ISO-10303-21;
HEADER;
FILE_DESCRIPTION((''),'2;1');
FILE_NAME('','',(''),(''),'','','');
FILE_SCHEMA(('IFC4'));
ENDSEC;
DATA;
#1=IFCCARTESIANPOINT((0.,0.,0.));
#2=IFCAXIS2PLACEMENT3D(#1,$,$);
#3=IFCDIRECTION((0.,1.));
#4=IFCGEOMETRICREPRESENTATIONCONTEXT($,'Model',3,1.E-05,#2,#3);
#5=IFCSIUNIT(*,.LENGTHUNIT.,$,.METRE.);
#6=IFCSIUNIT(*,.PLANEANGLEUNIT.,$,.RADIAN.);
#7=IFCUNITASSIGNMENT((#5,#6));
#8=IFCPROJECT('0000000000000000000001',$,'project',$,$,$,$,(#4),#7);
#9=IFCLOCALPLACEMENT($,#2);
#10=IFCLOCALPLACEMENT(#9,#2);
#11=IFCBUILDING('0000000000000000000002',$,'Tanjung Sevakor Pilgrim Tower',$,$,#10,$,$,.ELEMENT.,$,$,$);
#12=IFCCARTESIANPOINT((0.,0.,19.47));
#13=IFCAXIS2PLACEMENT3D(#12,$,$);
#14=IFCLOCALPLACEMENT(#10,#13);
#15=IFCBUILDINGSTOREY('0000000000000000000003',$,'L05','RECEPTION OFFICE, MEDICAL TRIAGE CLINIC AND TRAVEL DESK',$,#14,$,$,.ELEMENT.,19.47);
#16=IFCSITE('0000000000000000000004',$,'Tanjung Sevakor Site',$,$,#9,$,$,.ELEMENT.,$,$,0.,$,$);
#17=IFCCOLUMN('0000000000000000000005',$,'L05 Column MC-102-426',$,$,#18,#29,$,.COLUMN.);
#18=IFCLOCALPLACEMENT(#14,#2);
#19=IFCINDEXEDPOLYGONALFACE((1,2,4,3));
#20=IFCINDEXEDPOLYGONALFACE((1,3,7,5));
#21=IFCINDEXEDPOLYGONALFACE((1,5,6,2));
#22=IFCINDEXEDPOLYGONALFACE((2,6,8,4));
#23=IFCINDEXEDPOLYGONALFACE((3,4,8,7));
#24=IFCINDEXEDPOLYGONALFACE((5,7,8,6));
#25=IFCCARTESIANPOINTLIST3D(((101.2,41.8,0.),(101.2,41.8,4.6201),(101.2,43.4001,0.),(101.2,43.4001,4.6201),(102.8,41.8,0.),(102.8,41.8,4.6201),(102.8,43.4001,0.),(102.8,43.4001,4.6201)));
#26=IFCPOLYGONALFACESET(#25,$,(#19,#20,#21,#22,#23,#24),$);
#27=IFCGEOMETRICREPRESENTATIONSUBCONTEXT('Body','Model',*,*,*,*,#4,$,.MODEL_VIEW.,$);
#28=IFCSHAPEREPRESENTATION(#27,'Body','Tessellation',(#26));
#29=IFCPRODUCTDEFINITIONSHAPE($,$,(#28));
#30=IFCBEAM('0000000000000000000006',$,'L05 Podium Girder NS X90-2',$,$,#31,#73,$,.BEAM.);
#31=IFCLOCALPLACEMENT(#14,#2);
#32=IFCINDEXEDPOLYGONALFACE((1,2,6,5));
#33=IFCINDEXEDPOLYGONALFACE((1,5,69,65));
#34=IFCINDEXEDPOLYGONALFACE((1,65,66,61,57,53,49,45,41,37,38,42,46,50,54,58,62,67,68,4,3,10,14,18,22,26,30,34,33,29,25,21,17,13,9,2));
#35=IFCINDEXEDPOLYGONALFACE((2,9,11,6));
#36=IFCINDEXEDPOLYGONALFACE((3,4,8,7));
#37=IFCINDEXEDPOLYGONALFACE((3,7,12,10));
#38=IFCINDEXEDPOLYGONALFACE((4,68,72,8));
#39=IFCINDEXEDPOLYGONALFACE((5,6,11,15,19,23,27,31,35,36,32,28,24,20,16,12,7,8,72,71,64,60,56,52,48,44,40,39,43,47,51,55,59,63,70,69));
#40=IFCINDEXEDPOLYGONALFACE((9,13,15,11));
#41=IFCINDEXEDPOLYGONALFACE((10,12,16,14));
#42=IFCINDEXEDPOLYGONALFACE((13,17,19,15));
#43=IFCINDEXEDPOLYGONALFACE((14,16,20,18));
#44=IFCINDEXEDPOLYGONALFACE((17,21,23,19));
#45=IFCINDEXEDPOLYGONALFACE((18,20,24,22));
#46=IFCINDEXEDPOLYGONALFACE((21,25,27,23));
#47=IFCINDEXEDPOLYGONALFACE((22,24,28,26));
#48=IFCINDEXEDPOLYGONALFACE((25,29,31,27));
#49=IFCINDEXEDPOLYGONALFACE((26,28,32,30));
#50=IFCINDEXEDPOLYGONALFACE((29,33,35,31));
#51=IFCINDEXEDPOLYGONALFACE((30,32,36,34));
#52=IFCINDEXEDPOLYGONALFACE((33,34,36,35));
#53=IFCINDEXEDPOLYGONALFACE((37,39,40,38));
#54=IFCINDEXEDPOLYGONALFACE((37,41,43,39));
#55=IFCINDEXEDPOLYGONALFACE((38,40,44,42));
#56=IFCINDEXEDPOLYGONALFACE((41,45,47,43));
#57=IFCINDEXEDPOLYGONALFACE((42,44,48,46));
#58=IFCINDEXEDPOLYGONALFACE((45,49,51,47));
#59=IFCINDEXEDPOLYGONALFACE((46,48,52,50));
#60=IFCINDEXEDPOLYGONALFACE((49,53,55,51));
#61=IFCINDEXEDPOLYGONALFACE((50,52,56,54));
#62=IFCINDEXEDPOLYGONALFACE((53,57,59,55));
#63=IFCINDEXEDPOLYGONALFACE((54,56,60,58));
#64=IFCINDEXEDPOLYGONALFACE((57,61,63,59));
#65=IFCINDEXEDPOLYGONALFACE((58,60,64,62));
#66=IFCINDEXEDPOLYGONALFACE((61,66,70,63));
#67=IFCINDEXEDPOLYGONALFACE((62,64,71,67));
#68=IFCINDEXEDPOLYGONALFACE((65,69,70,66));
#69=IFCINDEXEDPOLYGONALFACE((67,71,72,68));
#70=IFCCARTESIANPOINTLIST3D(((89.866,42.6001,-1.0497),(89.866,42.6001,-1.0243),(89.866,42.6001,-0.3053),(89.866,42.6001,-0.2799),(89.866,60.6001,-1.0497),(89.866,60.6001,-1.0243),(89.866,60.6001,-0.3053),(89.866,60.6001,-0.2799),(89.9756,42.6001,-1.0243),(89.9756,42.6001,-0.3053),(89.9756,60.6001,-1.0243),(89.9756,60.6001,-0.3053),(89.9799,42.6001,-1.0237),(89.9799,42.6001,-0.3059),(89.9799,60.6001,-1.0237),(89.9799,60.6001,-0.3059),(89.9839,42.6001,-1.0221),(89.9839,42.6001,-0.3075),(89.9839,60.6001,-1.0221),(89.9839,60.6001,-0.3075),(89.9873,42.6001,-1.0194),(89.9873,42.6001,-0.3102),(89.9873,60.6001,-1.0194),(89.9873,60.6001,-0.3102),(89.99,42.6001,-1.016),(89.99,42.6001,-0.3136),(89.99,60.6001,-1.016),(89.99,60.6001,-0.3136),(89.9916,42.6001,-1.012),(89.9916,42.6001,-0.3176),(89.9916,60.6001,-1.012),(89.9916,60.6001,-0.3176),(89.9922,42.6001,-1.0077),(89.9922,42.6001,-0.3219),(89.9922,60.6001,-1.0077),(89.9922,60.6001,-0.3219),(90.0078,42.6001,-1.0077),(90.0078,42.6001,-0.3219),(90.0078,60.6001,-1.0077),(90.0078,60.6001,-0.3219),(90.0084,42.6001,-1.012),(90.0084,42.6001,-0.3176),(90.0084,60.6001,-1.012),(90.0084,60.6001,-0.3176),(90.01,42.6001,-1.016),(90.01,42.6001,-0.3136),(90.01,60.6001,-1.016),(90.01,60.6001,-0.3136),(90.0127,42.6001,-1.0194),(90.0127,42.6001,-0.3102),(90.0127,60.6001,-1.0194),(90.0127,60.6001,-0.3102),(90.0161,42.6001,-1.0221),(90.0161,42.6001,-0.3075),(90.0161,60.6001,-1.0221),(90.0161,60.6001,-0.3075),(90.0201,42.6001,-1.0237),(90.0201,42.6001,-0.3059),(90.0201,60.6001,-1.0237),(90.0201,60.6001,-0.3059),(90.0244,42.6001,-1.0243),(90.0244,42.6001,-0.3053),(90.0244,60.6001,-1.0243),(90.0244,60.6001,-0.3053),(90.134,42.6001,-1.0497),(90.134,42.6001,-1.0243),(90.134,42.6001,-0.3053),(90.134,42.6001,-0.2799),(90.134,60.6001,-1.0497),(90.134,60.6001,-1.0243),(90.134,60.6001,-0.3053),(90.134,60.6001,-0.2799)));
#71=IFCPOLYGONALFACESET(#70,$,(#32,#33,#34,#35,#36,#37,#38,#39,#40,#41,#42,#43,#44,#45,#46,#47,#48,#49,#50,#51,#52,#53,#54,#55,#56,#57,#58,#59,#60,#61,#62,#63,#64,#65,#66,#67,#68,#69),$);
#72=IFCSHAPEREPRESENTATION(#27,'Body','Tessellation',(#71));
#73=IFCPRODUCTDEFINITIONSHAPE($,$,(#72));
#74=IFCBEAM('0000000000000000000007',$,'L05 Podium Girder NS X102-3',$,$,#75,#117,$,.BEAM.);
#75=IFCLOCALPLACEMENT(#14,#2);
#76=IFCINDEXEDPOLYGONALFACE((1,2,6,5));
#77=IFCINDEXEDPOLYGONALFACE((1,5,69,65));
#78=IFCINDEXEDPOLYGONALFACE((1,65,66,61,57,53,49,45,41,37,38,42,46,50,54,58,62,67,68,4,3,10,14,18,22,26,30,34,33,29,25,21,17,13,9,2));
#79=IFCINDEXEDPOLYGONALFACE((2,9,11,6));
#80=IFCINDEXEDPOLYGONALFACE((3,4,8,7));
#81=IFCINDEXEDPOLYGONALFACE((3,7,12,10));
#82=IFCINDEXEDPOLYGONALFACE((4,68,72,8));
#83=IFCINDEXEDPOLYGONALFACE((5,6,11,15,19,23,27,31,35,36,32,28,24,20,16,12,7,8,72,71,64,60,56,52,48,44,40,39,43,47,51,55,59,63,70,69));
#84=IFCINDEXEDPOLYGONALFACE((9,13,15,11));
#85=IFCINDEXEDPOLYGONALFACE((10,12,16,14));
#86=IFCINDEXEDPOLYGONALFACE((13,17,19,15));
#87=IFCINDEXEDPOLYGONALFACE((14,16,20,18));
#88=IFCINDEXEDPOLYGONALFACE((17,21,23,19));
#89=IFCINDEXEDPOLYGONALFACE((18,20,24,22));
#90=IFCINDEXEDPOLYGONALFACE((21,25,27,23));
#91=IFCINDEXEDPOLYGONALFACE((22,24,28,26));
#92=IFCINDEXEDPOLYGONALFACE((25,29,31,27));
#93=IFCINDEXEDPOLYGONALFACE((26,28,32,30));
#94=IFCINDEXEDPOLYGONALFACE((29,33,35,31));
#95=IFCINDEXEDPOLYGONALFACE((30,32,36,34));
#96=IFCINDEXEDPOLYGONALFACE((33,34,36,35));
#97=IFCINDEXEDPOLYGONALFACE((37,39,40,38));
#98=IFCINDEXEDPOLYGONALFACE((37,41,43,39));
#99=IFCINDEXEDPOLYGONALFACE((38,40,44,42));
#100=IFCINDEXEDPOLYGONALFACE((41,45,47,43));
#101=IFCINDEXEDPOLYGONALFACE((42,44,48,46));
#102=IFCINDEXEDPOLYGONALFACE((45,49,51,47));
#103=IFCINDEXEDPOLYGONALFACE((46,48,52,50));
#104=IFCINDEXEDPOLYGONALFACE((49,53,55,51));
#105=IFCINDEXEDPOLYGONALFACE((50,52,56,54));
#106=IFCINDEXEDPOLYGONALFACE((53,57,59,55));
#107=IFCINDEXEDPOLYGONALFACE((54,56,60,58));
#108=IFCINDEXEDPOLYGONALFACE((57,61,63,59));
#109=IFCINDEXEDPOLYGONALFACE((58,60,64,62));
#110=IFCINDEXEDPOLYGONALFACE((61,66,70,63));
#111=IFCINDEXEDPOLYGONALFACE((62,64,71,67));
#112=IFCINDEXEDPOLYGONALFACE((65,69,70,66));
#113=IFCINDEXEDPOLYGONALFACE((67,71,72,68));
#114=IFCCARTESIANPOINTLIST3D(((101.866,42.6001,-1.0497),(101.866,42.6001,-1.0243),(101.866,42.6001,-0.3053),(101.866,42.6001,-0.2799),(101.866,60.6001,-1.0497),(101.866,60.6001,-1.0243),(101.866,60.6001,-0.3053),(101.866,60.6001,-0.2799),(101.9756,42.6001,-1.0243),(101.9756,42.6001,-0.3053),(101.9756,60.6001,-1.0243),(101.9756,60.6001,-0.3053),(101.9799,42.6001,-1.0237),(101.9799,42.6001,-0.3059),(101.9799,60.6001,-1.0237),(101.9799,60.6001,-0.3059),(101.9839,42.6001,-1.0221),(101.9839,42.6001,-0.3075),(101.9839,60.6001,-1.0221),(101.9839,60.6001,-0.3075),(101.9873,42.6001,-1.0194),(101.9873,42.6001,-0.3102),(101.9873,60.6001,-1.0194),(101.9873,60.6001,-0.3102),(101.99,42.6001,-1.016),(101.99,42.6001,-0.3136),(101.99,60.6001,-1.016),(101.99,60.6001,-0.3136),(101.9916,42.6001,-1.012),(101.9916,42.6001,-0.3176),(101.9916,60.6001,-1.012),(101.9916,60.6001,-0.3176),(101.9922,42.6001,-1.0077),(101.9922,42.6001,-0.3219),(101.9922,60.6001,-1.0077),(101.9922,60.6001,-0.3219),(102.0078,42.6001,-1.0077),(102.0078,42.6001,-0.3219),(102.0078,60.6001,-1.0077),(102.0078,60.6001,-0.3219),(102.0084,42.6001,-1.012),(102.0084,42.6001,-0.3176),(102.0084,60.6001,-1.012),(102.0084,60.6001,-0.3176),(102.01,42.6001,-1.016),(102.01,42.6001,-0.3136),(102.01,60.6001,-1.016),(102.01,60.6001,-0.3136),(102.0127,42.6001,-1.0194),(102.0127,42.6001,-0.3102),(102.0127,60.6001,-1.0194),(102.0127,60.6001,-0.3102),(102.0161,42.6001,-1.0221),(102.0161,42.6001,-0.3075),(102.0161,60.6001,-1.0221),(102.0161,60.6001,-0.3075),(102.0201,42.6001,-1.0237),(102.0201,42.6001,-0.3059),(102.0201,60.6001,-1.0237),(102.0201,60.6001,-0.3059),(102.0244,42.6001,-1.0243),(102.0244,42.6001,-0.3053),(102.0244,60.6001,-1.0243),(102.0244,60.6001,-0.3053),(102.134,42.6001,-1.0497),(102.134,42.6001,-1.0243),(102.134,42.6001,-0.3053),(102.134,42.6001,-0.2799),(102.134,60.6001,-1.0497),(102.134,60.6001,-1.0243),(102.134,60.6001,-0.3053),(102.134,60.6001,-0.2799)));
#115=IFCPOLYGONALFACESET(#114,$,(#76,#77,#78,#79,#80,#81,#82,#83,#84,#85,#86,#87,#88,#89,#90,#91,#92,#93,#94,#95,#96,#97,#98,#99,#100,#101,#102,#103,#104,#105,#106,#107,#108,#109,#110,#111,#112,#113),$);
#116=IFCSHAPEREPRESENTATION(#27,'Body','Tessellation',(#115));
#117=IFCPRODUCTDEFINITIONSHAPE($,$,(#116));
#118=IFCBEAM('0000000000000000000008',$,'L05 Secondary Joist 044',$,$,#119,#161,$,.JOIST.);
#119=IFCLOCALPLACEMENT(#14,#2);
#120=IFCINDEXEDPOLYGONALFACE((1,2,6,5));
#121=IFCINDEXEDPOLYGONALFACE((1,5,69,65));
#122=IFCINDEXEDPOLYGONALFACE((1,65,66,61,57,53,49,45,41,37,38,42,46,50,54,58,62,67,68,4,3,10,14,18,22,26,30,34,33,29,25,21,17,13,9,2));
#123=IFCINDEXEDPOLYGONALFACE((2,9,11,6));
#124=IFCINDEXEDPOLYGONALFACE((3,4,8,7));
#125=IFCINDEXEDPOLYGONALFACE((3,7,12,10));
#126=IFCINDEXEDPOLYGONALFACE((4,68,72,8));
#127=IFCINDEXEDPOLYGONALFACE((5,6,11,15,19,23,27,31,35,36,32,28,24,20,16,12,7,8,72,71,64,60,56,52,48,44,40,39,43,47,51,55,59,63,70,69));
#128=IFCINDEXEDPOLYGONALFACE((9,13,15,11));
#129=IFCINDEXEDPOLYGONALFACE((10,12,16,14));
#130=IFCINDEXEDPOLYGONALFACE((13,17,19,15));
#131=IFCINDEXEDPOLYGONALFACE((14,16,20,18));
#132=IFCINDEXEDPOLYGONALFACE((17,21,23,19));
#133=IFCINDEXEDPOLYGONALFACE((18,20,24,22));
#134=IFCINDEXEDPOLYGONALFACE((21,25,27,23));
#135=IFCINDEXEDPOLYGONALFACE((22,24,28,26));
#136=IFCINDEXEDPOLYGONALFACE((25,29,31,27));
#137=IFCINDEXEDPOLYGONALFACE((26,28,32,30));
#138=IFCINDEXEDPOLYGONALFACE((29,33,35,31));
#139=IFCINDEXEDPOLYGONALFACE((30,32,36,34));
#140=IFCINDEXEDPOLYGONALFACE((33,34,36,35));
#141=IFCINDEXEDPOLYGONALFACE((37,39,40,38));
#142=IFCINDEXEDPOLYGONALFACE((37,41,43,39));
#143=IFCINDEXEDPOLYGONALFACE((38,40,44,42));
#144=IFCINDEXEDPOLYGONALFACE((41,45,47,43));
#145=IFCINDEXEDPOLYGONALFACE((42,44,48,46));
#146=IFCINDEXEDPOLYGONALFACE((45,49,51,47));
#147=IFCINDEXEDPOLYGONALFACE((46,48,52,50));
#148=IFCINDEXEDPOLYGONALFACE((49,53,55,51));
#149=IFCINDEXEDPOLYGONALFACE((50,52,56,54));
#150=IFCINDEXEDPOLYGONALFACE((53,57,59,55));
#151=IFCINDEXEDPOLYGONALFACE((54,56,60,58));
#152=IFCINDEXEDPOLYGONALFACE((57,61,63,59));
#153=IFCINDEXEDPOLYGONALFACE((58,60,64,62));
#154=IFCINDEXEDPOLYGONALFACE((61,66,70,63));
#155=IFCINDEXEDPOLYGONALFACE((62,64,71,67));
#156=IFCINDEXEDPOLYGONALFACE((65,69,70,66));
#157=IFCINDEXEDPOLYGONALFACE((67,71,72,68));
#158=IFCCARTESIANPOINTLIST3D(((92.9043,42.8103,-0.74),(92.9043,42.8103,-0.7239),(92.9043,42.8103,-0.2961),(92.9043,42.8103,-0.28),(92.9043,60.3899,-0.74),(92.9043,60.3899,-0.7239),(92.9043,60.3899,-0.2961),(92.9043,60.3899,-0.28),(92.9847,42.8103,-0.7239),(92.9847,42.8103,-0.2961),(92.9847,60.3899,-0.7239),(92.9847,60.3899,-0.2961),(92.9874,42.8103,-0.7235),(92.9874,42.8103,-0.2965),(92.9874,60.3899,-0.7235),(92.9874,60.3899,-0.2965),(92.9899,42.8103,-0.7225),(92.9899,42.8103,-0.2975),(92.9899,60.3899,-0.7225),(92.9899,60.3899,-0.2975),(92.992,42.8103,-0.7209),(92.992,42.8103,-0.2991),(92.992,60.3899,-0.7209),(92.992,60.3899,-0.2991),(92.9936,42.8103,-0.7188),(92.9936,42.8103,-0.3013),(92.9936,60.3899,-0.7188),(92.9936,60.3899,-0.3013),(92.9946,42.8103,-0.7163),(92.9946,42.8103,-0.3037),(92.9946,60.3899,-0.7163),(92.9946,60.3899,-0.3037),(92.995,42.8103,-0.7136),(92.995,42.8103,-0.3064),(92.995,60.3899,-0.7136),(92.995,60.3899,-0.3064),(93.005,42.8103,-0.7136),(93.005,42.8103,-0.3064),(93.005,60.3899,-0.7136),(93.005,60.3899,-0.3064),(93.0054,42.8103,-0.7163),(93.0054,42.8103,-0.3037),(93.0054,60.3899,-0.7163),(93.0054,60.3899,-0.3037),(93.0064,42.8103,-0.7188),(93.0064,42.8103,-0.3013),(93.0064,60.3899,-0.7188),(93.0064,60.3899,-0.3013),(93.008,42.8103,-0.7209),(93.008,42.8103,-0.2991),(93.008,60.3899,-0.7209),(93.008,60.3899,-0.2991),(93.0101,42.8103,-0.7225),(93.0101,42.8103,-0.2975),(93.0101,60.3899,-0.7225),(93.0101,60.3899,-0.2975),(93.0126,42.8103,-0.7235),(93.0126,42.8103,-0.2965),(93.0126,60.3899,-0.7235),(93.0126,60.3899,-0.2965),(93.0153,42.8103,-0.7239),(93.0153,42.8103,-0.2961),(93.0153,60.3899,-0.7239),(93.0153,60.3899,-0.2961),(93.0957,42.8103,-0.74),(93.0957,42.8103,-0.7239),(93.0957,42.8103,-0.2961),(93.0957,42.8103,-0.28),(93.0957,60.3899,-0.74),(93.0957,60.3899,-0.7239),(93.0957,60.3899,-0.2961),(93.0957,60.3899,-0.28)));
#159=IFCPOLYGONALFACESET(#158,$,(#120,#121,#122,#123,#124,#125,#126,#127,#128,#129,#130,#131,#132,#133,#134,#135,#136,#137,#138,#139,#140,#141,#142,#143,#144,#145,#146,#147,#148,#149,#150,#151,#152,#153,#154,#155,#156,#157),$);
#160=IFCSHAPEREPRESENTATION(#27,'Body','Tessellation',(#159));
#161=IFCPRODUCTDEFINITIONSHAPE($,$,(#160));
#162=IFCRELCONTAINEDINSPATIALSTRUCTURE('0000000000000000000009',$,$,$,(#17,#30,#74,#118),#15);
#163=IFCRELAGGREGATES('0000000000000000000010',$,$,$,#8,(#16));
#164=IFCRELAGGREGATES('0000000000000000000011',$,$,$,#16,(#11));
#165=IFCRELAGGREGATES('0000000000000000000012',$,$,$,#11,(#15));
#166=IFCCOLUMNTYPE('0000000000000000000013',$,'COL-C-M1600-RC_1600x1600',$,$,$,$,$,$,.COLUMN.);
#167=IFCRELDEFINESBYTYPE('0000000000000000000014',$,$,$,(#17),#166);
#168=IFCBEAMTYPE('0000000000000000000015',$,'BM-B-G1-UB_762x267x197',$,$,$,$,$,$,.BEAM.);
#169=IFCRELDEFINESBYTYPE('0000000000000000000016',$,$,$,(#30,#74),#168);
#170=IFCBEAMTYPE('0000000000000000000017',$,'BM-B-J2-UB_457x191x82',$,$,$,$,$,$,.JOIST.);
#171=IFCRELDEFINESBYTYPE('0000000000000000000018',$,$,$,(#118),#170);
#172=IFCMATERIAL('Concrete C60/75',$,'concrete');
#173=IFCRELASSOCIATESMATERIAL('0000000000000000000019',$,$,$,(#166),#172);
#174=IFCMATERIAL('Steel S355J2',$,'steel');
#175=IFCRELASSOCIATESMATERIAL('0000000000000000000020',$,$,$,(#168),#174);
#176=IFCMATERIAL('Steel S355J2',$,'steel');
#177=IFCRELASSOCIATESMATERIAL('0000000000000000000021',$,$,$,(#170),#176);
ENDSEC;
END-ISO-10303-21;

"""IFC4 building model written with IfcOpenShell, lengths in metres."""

from ifc_helpers import new_model, si_unit, direction, frame, origin, origin_2d, place, context, subcontext, project, spatial, rectangle, i_section, extrude, material, material_profile, profile_set, type_object, element, save


model = new_model("IFC4")

# Units and contexts
model_context = context("Model", 3, precision=1e-05, world=origin(), true_north=direction((0.0, 1.0)))
body_context = subcontext(model_context, "Body", "Model", "MODEL_VIEW")
ifc_project = project(units=[si_unit("LENGTHUNIT", "METRE"), si_unit("PLANEANGLEUNIT", "RADIAN")], contexts=[model_context])

# Site, building, storey
site_placement = place(None, origin())
site = spatial("IfcSite", under=ifc_project, at=site_placement, Name="Tanjung Sevakor Site", CompositionType="ELEMENT", RefElevation=0.0)
building_placement = place(site_placement, origin())
building = spatial("IfcBuilding", under=site, at=building_placement, Name="Tanjung Sevakor Pilgrim Tower", CompositionType="ELEMENT")
storey_placement = place(building_placement, frame((0.0, 0.0, 19.47)))
storey = spatial("IfcBuildingStorey", under=building, at=storey_placement, Name="L05", Description="RECEPTION OFFICE, MEDICAL TRIAGE CLINIC AND TRAVEL DESK", CompositionType="ELEMENT", Elevation=19.47)

# Column
ifc_material_1 = material(Name="Concrete C60/75", Category="concrete")
ifc_material_profile_1 = material_profile(ifc_material_1, rectangle(XDim=1.6001, YDim=1.6001, at=origin_2d()))
ifc_profile_set_1 = profile_set([ifc_material_profile_1], Name="Concrete C60/75")
column_type = type_object("IfcColumnType", Name="COL-C-M1600-RC_1600x1600", PredefinedType="COLUMN", material=ifc_profile_set_1)
column_placement = place(storey_placement, frame((102.0, 42.6001, 0.0), z_axis=(0.0, 0.0, 1.0), x_axis=(1.0, 0.0, 0.0)))
element("IfcColumn", 1, at=column_placement, inside=storey, type_object=column_type, Name="L05 Column MC-102-426", PredefinedType="COLUMN", context=body_context, shape_type="SweptSolid", body=[
    extrude(rectangle(XDim=1.6001, YDim=1.6001, at=origin_2d()), origin(), (0.0, 0.0, 1.0), 4.6201),
])

# Beams
ifc_material_2 = material(Name="Steel S355J2", Category="steel")
ifc_material_profile_2 = material_profile(ifc_material_2, i_section(OverallWidth=0.2681, OverallDepth=0.7698, WebThickness=0.0156, FlangeThickness=0.0254, FilletRadius=0.0166, at=origin_2d()))
ifc_profile_set_2 = profile_set([ifc_material_profile_2], Name="Steel S355J2")
beam_type_1 = type_object("IfcBeamType", Name="BM-B-G1-UB_762x267x197", PredefinedType="BEAM", material=ifc_profile_set_2)
for number, where, z_axis, x_axis, name in (
    (2, (90.0, 42.6001, -0.6648), (0.0, 1.0, 0.0), (-1.0, 0.0, 0.0), "L05 Podium Girder NS X90-2"),
    (3, (102.0, 42.6001, -0.6648), (0.0, 1.0, 0.0), (-1.0, 0.0, 0.0), "L05 Podium Girder NS X102-3"),
):
    element("IfcBeam", number, at=place(storey_placement, frame(where, z_axis=z_axis, x_axis=x_axis)), inside=storey, type_object=beam_type_1, Name=name, PredefinedType="BEAM", context=body_context, shape_type="SweptSolid", body=[
        extrude(i_section(OverallWidth=0.2681, OverallDepth=0.7698, WebThickness=0.0156, FlangeThickness=0.0254, FilletRadius=0.0166, at=origin_2d()), origin(), (0.0, 0.0, 1.0), 18.0),
    ])
ifc_material_3 = material(Name="Steel S355J2", Category="steel")
ifc_material_profile_3 = material_profile(ifc_material_3, i_section(OverallWidth=0.1914, OverallDepth=0.46, WebThickness=0.01, FlangeThickness=0.0161, FilletRadius=0.0103, at=origin_2d()))
ifc_profile_set_3 = profile_set([ifc_material_profile_3], Name="Steel S355J2")
beam_type_2 = type_object("IfcBeamType", Name="BM-B-J2-UB_457x191x82", PredefinedType="JOIST", material=ifc_profile_set_3)
for number, where, z_axis, x_axis, name in (
    (4, (93.0, 42.8103, -0.51), (0.0, 1.0, 0.0), (-1.0, 0.0, 0.0), "L05 Secondary Joist 044"),
):
    element("IfcBeam", number, at=place(storey_placement, frame(where, z_axis=z_axis, x_axis=x_axis)), inside=storey, type_object=beam_type_2, Name=name, PredefinedType="JOIST", context=body_context, shape_type="SweptSolid", body=[
        extrude(i_section(OverallWidth=0.1914, OverallDepth=0.46, WebThickness=0.01, FlangeThickness=0.0161, FilletRadius=0.0103, at=origin_2d()), origin(), (0.0, 0.0, 1.0), 17.5796),
    ])

save(model, "model.ifc")
